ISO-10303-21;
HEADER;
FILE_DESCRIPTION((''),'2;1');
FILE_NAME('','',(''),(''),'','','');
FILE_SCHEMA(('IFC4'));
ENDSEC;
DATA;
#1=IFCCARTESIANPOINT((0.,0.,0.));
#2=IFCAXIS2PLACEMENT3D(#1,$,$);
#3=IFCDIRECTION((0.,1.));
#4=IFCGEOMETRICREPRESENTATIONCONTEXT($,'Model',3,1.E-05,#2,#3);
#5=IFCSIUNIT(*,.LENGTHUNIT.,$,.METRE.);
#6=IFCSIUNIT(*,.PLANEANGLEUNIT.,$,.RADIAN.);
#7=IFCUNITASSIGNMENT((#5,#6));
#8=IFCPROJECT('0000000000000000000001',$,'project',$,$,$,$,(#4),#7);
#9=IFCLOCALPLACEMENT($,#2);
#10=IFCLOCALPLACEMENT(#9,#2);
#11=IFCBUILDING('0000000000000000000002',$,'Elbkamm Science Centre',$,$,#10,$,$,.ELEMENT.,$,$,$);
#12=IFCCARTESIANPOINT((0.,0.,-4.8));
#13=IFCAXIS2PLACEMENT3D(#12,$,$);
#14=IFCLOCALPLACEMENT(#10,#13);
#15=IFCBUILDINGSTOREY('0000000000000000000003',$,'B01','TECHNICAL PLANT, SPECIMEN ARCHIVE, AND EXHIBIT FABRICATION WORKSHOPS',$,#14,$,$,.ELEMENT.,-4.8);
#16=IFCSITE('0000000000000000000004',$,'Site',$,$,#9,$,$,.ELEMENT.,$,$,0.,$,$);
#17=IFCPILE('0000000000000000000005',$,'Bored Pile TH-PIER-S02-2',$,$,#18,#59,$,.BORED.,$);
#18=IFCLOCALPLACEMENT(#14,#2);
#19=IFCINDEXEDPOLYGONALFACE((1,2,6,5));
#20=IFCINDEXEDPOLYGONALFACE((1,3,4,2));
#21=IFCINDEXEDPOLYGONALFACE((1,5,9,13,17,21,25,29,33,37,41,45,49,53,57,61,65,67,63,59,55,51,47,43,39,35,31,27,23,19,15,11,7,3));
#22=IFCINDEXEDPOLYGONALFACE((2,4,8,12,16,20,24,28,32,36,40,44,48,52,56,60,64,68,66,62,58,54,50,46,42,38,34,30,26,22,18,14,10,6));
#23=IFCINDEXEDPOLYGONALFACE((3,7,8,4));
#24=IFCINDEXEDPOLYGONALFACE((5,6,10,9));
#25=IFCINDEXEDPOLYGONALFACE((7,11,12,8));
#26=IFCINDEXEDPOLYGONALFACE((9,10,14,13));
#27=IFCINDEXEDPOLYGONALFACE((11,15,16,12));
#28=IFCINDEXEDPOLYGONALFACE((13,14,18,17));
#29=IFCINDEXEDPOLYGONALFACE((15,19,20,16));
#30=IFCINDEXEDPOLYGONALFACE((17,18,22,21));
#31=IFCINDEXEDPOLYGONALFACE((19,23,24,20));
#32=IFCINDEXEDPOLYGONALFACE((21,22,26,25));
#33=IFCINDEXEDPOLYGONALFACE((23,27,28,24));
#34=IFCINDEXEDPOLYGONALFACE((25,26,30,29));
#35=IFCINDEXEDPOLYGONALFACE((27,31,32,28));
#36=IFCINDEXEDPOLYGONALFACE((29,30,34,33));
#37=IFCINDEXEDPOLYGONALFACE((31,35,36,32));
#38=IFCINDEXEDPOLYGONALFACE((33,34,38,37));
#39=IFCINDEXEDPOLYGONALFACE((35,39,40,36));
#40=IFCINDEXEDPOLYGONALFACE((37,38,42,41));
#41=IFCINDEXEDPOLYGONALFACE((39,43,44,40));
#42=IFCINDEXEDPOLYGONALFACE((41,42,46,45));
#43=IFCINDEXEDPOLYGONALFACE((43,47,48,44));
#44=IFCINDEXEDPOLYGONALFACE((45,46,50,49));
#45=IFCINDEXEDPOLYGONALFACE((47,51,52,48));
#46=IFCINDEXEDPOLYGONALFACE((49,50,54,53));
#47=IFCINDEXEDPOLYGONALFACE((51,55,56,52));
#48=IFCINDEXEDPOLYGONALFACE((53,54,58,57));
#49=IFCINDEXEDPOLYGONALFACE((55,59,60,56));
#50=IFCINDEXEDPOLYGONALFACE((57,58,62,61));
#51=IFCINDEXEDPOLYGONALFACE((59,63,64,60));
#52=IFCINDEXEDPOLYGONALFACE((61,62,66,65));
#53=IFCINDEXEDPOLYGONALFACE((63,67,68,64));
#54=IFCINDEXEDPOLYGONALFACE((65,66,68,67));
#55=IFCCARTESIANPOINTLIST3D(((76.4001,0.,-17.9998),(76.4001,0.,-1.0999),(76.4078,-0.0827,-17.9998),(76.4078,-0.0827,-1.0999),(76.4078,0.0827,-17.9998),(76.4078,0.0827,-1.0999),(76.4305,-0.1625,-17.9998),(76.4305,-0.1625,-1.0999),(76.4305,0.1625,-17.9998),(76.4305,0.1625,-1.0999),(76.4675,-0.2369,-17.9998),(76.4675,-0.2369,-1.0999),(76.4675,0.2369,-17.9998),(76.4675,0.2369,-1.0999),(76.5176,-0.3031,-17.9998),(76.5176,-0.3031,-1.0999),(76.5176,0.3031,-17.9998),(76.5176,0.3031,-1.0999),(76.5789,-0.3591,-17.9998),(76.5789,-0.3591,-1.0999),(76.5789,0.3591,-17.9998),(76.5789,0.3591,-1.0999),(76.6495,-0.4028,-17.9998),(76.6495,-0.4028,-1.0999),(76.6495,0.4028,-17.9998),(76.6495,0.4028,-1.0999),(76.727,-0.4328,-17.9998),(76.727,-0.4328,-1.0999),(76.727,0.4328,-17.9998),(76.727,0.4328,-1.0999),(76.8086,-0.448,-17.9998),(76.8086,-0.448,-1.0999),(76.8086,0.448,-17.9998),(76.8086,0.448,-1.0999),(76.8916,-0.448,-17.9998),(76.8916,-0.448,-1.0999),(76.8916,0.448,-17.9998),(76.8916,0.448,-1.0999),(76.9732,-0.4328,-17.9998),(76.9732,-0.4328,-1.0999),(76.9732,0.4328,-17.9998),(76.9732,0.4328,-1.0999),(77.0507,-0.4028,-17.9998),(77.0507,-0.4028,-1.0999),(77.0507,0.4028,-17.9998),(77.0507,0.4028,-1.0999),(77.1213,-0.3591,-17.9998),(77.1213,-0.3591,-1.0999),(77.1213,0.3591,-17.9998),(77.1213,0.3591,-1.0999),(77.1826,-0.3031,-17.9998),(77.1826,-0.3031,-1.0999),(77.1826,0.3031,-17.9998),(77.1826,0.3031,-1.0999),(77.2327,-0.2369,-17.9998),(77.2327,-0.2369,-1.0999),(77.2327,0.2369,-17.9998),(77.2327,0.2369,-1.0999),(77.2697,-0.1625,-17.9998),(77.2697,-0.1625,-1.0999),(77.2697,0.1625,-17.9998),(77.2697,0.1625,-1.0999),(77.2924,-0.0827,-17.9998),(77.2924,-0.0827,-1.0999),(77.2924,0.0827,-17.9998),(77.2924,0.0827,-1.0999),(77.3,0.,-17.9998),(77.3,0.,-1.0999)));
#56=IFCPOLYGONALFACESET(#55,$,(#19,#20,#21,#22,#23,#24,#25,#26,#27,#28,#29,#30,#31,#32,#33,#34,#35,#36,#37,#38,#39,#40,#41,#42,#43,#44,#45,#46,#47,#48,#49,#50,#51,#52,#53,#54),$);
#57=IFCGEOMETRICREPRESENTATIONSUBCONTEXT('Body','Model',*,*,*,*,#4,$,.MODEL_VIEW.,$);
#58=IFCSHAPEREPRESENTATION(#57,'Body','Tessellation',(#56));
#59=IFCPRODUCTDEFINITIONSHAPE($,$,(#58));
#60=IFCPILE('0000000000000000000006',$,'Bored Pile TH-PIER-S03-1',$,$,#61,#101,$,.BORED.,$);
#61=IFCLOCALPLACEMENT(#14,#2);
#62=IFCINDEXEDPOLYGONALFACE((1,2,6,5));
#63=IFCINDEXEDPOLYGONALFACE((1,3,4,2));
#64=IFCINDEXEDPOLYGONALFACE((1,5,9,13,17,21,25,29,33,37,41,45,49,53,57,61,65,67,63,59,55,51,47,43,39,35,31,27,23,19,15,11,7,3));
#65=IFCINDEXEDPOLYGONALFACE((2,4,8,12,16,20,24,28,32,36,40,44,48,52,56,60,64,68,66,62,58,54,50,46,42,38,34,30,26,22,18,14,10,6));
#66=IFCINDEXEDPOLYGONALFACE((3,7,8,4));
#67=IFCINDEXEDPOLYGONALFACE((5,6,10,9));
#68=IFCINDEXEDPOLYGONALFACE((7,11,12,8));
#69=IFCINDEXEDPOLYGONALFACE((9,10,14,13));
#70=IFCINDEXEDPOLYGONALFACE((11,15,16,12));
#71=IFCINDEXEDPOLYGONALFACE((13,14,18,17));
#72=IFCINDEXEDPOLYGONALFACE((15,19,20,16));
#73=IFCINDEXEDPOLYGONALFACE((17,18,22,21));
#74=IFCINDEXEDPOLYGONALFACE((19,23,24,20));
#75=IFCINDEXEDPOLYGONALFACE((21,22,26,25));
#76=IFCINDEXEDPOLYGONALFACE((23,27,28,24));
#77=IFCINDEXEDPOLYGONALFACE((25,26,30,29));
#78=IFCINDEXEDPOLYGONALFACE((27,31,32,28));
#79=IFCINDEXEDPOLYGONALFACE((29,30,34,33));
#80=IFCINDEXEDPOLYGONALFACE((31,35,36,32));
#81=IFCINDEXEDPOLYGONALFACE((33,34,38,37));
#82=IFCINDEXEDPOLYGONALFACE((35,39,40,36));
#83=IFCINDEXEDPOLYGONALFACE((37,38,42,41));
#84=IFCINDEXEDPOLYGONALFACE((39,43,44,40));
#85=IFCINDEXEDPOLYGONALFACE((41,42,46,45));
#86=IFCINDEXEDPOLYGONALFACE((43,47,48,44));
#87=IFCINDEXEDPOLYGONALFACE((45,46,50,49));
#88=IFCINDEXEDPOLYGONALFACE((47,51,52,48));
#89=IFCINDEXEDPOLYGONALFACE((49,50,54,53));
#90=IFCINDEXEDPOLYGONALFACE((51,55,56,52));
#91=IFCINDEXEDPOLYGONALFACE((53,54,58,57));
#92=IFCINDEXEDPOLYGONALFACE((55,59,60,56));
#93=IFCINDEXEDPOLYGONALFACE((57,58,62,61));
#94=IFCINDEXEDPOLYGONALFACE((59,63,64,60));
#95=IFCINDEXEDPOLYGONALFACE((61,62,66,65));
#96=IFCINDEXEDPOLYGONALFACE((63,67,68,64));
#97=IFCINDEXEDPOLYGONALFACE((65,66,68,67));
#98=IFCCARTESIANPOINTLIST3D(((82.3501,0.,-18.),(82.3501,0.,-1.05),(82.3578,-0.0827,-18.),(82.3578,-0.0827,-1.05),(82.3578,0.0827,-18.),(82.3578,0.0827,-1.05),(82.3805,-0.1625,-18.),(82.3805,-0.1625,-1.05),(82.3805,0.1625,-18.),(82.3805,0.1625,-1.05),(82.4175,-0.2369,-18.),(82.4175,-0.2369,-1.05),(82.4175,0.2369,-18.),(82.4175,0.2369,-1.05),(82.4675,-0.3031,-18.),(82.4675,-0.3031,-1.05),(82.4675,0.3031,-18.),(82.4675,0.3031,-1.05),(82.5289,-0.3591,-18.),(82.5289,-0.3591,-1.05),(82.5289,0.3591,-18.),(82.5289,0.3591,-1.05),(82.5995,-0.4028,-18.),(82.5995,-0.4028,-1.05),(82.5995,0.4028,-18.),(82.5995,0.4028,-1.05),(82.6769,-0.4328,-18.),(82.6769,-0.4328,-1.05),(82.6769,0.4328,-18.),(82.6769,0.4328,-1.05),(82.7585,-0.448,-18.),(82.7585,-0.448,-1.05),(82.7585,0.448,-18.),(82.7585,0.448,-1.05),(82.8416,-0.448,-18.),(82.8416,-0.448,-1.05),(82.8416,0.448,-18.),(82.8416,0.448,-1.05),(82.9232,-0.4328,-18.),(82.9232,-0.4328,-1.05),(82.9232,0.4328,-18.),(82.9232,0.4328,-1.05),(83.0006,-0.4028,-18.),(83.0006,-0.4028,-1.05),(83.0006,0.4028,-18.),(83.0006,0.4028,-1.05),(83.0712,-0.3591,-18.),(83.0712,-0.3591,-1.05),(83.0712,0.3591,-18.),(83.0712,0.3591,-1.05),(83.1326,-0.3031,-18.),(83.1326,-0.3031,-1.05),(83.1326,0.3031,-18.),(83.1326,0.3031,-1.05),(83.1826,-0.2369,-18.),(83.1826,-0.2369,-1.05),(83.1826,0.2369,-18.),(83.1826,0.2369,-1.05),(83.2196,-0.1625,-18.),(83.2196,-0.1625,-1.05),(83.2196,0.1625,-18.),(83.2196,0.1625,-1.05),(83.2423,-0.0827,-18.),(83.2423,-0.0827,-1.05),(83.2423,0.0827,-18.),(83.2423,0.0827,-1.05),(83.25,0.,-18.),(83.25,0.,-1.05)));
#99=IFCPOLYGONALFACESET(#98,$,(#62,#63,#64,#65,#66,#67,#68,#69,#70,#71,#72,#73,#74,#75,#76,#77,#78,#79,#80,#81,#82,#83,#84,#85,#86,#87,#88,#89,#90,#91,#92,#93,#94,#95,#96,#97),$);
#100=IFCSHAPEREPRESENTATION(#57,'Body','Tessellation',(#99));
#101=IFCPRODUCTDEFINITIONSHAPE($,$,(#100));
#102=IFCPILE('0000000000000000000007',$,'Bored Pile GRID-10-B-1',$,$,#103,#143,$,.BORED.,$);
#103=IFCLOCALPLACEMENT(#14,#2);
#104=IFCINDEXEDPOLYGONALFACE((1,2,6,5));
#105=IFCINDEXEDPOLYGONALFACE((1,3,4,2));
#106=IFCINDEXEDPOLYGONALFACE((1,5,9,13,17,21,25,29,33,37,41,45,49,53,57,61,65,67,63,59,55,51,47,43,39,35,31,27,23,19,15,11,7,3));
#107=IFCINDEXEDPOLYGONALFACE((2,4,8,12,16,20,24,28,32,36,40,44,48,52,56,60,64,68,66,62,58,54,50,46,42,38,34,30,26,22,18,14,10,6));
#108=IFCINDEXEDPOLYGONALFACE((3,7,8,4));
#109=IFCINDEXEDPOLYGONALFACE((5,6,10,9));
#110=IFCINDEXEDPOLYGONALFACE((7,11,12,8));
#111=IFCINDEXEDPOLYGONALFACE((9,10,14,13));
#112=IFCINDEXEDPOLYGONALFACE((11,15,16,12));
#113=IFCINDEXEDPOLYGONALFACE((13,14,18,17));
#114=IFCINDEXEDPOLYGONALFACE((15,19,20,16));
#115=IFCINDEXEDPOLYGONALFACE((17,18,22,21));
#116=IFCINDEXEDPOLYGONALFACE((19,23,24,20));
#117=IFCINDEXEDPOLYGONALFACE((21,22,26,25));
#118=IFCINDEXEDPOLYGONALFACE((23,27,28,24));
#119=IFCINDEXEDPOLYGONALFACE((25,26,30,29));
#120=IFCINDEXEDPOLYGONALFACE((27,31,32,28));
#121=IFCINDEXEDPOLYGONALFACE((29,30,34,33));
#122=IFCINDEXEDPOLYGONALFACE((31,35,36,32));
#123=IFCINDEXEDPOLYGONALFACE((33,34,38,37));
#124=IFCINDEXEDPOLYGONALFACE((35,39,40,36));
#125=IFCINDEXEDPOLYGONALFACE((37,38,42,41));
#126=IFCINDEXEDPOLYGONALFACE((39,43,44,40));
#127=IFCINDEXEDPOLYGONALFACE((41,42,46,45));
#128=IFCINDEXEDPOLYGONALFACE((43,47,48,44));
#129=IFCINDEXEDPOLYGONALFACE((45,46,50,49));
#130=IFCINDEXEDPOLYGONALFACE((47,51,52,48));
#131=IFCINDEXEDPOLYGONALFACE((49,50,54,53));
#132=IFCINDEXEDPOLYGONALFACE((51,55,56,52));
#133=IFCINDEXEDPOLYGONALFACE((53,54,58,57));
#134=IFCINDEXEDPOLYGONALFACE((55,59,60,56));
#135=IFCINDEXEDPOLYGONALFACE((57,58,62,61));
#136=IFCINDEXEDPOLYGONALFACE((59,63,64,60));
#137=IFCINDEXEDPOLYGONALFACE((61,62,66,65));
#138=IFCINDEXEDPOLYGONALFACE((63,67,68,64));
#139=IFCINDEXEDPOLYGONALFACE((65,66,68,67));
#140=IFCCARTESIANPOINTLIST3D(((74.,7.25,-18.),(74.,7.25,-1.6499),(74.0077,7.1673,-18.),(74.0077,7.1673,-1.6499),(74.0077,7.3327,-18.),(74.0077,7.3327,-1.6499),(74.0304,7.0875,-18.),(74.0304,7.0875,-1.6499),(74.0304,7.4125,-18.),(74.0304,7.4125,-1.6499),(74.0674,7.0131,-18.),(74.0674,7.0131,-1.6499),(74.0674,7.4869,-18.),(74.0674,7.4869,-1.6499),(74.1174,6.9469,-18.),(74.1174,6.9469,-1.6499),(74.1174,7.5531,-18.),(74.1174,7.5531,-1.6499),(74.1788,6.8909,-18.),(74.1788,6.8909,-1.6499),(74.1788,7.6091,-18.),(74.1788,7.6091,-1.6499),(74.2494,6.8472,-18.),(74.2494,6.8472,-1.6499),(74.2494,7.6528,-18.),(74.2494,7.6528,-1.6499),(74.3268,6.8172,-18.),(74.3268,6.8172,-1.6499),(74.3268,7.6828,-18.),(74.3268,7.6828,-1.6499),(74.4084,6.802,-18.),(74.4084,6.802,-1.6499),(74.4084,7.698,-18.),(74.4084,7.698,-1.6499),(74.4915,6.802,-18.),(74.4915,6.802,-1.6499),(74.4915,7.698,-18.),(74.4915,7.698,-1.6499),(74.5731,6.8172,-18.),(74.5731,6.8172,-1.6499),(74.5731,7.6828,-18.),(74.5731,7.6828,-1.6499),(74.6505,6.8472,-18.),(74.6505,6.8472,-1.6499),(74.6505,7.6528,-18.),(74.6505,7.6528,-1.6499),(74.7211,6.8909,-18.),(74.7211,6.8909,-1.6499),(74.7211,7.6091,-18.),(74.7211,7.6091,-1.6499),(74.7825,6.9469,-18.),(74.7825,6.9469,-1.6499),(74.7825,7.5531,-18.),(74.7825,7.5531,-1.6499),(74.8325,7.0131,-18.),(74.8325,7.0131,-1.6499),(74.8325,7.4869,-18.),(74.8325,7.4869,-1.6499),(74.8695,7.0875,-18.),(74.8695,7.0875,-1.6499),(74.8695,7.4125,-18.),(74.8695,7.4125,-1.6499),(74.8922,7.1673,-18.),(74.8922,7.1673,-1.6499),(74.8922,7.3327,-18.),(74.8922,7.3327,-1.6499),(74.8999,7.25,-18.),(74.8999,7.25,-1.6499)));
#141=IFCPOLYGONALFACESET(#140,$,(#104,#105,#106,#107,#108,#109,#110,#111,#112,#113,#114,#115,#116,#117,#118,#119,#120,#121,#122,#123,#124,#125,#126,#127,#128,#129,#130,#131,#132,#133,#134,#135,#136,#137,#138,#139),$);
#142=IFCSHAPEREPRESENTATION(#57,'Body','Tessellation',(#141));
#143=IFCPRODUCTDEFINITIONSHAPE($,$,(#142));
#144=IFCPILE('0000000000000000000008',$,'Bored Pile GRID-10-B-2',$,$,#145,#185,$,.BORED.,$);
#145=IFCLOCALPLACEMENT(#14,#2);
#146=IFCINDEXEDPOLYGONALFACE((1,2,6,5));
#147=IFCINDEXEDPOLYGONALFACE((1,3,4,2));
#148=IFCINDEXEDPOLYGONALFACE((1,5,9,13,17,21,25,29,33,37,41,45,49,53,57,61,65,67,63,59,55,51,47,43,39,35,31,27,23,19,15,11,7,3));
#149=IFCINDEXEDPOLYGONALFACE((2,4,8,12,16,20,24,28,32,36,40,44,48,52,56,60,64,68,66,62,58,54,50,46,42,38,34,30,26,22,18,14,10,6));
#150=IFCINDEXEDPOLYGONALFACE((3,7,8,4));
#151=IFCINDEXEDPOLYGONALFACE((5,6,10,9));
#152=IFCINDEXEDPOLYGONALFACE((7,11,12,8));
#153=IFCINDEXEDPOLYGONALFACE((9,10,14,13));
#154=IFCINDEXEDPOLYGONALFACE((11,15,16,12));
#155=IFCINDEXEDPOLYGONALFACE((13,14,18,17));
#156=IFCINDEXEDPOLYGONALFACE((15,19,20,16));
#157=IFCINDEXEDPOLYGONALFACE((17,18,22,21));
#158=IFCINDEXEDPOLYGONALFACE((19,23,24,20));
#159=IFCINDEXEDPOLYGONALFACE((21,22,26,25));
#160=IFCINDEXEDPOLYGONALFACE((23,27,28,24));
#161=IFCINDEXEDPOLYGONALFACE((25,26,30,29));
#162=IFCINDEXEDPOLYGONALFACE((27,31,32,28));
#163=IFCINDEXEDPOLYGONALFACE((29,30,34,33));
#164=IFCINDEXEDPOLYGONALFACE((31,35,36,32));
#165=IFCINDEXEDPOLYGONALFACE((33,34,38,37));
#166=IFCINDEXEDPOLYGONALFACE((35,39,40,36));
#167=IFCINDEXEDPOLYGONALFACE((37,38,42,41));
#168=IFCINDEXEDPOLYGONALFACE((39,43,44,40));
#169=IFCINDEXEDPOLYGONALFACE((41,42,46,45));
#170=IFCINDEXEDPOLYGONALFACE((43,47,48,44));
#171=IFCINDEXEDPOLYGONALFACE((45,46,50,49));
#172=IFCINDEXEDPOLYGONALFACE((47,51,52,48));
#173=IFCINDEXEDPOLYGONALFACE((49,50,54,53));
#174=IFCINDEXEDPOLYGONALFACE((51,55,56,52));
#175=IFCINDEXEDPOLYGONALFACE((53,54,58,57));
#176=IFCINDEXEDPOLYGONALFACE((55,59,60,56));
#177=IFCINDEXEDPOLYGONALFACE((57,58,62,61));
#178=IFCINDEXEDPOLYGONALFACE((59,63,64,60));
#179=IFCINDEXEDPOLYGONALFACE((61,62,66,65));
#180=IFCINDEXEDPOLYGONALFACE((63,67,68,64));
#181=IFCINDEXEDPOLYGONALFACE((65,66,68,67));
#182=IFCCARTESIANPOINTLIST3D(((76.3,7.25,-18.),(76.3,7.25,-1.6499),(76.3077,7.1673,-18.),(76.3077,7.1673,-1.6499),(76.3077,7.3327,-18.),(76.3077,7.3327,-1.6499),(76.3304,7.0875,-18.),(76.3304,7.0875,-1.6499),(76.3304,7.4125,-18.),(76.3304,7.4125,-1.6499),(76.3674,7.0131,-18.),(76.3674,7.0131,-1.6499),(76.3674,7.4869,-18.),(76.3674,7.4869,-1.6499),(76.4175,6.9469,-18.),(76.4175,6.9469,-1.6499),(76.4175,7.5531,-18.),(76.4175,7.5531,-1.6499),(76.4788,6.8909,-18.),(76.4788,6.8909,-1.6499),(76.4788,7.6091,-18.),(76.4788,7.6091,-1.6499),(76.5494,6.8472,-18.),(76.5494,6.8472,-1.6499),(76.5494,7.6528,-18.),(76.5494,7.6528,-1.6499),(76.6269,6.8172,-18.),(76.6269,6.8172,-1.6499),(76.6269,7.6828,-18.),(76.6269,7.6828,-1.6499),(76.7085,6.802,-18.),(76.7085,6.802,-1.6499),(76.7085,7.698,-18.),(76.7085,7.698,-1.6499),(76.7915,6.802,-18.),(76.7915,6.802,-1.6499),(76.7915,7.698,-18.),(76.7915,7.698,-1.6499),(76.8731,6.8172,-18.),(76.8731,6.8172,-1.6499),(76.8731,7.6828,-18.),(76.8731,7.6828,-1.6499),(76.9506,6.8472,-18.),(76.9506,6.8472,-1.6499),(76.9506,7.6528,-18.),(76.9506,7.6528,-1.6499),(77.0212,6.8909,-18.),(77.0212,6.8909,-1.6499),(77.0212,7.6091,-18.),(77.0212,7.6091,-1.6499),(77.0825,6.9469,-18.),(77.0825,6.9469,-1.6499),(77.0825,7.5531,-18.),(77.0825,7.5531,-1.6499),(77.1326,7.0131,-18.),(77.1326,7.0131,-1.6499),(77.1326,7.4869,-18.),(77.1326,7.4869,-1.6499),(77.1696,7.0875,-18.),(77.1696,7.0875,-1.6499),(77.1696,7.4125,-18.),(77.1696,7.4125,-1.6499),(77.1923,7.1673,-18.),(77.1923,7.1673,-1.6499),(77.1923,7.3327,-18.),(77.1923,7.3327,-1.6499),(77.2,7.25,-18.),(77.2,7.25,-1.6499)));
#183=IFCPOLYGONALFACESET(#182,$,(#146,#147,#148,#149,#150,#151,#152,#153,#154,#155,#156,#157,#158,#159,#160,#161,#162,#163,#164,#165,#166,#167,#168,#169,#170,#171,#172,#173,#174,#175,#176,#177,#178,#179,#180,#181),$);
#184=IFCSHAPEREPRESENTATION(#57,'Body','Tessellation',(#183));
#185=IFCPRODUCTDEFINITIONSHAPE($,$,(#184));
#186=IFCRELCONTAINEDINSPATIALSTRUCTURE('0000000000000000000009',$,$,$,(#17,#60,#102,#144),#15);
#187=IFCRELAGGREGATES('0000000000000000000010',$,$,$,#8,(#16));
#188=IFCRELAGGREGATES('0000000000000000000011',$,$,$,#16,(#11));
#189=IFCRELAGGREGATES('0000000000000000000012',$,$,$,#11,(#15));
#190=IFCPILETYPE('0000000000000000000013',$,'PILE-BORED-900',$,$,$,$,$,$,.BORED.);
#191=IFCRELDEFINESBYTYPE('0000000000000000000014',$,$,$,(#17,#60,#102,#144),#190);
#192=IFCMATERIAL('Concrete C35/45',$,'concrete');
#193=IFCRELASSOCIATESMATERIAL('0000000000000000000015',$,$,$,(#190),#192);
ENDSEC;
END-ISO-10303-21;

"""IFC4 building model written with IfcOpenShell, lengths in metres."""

from ifc_helpers import new_model, si_unit, direction, frame, origin, origin_2d, place, context, subcontext, project, spatial, circle, extrude, material, material_profile, profile_set, type_object, element, save


model = new_model("IFC4")

# Units and contexts
model_context = context("Model", 3, precision=1e-05, world=origin(), true_north=direction((0.0, 1.0)))
body_context = subcontext(model_context, "Body", "Model", "MODEL_VIEW")
ifc_project = project(units=[si_unit("LENGTHUNIT", "METRE"), si_unit("PLANEANGLEUNIT", "RADIAN")], contexts=[model_context])

# Site, building, storey
site_placement = place(None, origin())
site = spatial("IfcSite", under=ifc_project, at=site_placement, Name="Site", CompositionType="ELEMENT", RefElevation=0.0)
building_placement = place(site_placement, origin())
building = spatial("IfcBuilding", under=site, at=building_placement, Name="Elbkamm Science Centre", CompositionType="ELEMENT")
storey_placement = place(building_placement, frame((0.0, 0.0, -4.8)))
storey = spatial("IfcBuildingStorey", under=building, at=storey_placement, Name="B01", Description="TECHNICAL PLANT, SPECIMEN ARCHIVE, AND EXHIBIT FABRICATION WORKSHOPS", CompositionType="ELEMENT", Elevation=-4.8)

# Shared definitions
ifc_material_1 = material(Name="Concrete C35/45", Category="concrete")

# Piles
ifc_material_profile_1 = material_profile(ifc_material_1, circle(Radius=0.45, at=origin_2d()), Name="PILE D900")
ifc_profile_set_1 = profile_set([ifc_material_profile_1], Name="Concrete C35/45")
pile_type = type_object("IfcPileType", Name="PILE-BORED-900", PredefinedType="BORED", material=ifc_profile_set_1)
for number, where, z_axis, x_axis, name in (
    (1, (76.8501, 0.0, -1.0999), (0.0, 0.0, -1.0), (1.0, 0.0, 0.0), "Bored Pile TH-PIER-S02-2"),
):
    element("IfcPile", number, at=place(storey_placement, frame(where, z_axis=z_axis, x_axis=x_axis)), inside=storey, type_object=pile_type, Name=name, PredefinedType="BORED", context=body_context, shape_type="SweptSolid", body=[
        extrude(circle(Radius=0.45, at=origin_2d()), origin(), (0.0, 0.0, 1.0), 16.8999),
    ])
pile_1_placement = place(storey_placement, frame((82.8, 0.0, -1.05), z_axis=(0.0, 0.0, -1.0), x_axis=(1.0, 0.0, 0.0)))
element("IfcPile", 2, at=pile_1_placement, inside=storey, type_object=pile_type, Name="Bored Pile TH-PIER-S03-1", PredefinedType="BORED", context=body_context, shape_type="SweptSolid", body=[
    extrude(circle(Radius=0.45, at=origin_2d()), origin(), (0.0, 0.0, 1.0), 16.95),
])
for number, where, z_axis, x_axis, name in (
    (3, (74.45, 7.25, -1.6499), (0.0, 0.0, -1.0), (1.0, 0.0, 0.0), "Bored Pile GRID-10-B-1"),
    (4, (76.75, 7.25, -1.6499), (0.0, 0.0, -1.0), (1.0, 0.0, 0.0), "Bored Pile GRID-10-B-2"),
):
    element("IfcPile", number, at=place(storey_placement, frame(where, z_axis=z_axis, x_axis=x_axis)), inside=storey, type_object=pile_type, Name=name, PredefinedType="BORED", context=body_context, shape_type="SweptSolid", body=[
        extrude(circle(Radius=0.45, at=origin_2d()), origin(), (0.0, 0.0, 1.0), 16.3501),
    ])

save(model, "model.ifc")
